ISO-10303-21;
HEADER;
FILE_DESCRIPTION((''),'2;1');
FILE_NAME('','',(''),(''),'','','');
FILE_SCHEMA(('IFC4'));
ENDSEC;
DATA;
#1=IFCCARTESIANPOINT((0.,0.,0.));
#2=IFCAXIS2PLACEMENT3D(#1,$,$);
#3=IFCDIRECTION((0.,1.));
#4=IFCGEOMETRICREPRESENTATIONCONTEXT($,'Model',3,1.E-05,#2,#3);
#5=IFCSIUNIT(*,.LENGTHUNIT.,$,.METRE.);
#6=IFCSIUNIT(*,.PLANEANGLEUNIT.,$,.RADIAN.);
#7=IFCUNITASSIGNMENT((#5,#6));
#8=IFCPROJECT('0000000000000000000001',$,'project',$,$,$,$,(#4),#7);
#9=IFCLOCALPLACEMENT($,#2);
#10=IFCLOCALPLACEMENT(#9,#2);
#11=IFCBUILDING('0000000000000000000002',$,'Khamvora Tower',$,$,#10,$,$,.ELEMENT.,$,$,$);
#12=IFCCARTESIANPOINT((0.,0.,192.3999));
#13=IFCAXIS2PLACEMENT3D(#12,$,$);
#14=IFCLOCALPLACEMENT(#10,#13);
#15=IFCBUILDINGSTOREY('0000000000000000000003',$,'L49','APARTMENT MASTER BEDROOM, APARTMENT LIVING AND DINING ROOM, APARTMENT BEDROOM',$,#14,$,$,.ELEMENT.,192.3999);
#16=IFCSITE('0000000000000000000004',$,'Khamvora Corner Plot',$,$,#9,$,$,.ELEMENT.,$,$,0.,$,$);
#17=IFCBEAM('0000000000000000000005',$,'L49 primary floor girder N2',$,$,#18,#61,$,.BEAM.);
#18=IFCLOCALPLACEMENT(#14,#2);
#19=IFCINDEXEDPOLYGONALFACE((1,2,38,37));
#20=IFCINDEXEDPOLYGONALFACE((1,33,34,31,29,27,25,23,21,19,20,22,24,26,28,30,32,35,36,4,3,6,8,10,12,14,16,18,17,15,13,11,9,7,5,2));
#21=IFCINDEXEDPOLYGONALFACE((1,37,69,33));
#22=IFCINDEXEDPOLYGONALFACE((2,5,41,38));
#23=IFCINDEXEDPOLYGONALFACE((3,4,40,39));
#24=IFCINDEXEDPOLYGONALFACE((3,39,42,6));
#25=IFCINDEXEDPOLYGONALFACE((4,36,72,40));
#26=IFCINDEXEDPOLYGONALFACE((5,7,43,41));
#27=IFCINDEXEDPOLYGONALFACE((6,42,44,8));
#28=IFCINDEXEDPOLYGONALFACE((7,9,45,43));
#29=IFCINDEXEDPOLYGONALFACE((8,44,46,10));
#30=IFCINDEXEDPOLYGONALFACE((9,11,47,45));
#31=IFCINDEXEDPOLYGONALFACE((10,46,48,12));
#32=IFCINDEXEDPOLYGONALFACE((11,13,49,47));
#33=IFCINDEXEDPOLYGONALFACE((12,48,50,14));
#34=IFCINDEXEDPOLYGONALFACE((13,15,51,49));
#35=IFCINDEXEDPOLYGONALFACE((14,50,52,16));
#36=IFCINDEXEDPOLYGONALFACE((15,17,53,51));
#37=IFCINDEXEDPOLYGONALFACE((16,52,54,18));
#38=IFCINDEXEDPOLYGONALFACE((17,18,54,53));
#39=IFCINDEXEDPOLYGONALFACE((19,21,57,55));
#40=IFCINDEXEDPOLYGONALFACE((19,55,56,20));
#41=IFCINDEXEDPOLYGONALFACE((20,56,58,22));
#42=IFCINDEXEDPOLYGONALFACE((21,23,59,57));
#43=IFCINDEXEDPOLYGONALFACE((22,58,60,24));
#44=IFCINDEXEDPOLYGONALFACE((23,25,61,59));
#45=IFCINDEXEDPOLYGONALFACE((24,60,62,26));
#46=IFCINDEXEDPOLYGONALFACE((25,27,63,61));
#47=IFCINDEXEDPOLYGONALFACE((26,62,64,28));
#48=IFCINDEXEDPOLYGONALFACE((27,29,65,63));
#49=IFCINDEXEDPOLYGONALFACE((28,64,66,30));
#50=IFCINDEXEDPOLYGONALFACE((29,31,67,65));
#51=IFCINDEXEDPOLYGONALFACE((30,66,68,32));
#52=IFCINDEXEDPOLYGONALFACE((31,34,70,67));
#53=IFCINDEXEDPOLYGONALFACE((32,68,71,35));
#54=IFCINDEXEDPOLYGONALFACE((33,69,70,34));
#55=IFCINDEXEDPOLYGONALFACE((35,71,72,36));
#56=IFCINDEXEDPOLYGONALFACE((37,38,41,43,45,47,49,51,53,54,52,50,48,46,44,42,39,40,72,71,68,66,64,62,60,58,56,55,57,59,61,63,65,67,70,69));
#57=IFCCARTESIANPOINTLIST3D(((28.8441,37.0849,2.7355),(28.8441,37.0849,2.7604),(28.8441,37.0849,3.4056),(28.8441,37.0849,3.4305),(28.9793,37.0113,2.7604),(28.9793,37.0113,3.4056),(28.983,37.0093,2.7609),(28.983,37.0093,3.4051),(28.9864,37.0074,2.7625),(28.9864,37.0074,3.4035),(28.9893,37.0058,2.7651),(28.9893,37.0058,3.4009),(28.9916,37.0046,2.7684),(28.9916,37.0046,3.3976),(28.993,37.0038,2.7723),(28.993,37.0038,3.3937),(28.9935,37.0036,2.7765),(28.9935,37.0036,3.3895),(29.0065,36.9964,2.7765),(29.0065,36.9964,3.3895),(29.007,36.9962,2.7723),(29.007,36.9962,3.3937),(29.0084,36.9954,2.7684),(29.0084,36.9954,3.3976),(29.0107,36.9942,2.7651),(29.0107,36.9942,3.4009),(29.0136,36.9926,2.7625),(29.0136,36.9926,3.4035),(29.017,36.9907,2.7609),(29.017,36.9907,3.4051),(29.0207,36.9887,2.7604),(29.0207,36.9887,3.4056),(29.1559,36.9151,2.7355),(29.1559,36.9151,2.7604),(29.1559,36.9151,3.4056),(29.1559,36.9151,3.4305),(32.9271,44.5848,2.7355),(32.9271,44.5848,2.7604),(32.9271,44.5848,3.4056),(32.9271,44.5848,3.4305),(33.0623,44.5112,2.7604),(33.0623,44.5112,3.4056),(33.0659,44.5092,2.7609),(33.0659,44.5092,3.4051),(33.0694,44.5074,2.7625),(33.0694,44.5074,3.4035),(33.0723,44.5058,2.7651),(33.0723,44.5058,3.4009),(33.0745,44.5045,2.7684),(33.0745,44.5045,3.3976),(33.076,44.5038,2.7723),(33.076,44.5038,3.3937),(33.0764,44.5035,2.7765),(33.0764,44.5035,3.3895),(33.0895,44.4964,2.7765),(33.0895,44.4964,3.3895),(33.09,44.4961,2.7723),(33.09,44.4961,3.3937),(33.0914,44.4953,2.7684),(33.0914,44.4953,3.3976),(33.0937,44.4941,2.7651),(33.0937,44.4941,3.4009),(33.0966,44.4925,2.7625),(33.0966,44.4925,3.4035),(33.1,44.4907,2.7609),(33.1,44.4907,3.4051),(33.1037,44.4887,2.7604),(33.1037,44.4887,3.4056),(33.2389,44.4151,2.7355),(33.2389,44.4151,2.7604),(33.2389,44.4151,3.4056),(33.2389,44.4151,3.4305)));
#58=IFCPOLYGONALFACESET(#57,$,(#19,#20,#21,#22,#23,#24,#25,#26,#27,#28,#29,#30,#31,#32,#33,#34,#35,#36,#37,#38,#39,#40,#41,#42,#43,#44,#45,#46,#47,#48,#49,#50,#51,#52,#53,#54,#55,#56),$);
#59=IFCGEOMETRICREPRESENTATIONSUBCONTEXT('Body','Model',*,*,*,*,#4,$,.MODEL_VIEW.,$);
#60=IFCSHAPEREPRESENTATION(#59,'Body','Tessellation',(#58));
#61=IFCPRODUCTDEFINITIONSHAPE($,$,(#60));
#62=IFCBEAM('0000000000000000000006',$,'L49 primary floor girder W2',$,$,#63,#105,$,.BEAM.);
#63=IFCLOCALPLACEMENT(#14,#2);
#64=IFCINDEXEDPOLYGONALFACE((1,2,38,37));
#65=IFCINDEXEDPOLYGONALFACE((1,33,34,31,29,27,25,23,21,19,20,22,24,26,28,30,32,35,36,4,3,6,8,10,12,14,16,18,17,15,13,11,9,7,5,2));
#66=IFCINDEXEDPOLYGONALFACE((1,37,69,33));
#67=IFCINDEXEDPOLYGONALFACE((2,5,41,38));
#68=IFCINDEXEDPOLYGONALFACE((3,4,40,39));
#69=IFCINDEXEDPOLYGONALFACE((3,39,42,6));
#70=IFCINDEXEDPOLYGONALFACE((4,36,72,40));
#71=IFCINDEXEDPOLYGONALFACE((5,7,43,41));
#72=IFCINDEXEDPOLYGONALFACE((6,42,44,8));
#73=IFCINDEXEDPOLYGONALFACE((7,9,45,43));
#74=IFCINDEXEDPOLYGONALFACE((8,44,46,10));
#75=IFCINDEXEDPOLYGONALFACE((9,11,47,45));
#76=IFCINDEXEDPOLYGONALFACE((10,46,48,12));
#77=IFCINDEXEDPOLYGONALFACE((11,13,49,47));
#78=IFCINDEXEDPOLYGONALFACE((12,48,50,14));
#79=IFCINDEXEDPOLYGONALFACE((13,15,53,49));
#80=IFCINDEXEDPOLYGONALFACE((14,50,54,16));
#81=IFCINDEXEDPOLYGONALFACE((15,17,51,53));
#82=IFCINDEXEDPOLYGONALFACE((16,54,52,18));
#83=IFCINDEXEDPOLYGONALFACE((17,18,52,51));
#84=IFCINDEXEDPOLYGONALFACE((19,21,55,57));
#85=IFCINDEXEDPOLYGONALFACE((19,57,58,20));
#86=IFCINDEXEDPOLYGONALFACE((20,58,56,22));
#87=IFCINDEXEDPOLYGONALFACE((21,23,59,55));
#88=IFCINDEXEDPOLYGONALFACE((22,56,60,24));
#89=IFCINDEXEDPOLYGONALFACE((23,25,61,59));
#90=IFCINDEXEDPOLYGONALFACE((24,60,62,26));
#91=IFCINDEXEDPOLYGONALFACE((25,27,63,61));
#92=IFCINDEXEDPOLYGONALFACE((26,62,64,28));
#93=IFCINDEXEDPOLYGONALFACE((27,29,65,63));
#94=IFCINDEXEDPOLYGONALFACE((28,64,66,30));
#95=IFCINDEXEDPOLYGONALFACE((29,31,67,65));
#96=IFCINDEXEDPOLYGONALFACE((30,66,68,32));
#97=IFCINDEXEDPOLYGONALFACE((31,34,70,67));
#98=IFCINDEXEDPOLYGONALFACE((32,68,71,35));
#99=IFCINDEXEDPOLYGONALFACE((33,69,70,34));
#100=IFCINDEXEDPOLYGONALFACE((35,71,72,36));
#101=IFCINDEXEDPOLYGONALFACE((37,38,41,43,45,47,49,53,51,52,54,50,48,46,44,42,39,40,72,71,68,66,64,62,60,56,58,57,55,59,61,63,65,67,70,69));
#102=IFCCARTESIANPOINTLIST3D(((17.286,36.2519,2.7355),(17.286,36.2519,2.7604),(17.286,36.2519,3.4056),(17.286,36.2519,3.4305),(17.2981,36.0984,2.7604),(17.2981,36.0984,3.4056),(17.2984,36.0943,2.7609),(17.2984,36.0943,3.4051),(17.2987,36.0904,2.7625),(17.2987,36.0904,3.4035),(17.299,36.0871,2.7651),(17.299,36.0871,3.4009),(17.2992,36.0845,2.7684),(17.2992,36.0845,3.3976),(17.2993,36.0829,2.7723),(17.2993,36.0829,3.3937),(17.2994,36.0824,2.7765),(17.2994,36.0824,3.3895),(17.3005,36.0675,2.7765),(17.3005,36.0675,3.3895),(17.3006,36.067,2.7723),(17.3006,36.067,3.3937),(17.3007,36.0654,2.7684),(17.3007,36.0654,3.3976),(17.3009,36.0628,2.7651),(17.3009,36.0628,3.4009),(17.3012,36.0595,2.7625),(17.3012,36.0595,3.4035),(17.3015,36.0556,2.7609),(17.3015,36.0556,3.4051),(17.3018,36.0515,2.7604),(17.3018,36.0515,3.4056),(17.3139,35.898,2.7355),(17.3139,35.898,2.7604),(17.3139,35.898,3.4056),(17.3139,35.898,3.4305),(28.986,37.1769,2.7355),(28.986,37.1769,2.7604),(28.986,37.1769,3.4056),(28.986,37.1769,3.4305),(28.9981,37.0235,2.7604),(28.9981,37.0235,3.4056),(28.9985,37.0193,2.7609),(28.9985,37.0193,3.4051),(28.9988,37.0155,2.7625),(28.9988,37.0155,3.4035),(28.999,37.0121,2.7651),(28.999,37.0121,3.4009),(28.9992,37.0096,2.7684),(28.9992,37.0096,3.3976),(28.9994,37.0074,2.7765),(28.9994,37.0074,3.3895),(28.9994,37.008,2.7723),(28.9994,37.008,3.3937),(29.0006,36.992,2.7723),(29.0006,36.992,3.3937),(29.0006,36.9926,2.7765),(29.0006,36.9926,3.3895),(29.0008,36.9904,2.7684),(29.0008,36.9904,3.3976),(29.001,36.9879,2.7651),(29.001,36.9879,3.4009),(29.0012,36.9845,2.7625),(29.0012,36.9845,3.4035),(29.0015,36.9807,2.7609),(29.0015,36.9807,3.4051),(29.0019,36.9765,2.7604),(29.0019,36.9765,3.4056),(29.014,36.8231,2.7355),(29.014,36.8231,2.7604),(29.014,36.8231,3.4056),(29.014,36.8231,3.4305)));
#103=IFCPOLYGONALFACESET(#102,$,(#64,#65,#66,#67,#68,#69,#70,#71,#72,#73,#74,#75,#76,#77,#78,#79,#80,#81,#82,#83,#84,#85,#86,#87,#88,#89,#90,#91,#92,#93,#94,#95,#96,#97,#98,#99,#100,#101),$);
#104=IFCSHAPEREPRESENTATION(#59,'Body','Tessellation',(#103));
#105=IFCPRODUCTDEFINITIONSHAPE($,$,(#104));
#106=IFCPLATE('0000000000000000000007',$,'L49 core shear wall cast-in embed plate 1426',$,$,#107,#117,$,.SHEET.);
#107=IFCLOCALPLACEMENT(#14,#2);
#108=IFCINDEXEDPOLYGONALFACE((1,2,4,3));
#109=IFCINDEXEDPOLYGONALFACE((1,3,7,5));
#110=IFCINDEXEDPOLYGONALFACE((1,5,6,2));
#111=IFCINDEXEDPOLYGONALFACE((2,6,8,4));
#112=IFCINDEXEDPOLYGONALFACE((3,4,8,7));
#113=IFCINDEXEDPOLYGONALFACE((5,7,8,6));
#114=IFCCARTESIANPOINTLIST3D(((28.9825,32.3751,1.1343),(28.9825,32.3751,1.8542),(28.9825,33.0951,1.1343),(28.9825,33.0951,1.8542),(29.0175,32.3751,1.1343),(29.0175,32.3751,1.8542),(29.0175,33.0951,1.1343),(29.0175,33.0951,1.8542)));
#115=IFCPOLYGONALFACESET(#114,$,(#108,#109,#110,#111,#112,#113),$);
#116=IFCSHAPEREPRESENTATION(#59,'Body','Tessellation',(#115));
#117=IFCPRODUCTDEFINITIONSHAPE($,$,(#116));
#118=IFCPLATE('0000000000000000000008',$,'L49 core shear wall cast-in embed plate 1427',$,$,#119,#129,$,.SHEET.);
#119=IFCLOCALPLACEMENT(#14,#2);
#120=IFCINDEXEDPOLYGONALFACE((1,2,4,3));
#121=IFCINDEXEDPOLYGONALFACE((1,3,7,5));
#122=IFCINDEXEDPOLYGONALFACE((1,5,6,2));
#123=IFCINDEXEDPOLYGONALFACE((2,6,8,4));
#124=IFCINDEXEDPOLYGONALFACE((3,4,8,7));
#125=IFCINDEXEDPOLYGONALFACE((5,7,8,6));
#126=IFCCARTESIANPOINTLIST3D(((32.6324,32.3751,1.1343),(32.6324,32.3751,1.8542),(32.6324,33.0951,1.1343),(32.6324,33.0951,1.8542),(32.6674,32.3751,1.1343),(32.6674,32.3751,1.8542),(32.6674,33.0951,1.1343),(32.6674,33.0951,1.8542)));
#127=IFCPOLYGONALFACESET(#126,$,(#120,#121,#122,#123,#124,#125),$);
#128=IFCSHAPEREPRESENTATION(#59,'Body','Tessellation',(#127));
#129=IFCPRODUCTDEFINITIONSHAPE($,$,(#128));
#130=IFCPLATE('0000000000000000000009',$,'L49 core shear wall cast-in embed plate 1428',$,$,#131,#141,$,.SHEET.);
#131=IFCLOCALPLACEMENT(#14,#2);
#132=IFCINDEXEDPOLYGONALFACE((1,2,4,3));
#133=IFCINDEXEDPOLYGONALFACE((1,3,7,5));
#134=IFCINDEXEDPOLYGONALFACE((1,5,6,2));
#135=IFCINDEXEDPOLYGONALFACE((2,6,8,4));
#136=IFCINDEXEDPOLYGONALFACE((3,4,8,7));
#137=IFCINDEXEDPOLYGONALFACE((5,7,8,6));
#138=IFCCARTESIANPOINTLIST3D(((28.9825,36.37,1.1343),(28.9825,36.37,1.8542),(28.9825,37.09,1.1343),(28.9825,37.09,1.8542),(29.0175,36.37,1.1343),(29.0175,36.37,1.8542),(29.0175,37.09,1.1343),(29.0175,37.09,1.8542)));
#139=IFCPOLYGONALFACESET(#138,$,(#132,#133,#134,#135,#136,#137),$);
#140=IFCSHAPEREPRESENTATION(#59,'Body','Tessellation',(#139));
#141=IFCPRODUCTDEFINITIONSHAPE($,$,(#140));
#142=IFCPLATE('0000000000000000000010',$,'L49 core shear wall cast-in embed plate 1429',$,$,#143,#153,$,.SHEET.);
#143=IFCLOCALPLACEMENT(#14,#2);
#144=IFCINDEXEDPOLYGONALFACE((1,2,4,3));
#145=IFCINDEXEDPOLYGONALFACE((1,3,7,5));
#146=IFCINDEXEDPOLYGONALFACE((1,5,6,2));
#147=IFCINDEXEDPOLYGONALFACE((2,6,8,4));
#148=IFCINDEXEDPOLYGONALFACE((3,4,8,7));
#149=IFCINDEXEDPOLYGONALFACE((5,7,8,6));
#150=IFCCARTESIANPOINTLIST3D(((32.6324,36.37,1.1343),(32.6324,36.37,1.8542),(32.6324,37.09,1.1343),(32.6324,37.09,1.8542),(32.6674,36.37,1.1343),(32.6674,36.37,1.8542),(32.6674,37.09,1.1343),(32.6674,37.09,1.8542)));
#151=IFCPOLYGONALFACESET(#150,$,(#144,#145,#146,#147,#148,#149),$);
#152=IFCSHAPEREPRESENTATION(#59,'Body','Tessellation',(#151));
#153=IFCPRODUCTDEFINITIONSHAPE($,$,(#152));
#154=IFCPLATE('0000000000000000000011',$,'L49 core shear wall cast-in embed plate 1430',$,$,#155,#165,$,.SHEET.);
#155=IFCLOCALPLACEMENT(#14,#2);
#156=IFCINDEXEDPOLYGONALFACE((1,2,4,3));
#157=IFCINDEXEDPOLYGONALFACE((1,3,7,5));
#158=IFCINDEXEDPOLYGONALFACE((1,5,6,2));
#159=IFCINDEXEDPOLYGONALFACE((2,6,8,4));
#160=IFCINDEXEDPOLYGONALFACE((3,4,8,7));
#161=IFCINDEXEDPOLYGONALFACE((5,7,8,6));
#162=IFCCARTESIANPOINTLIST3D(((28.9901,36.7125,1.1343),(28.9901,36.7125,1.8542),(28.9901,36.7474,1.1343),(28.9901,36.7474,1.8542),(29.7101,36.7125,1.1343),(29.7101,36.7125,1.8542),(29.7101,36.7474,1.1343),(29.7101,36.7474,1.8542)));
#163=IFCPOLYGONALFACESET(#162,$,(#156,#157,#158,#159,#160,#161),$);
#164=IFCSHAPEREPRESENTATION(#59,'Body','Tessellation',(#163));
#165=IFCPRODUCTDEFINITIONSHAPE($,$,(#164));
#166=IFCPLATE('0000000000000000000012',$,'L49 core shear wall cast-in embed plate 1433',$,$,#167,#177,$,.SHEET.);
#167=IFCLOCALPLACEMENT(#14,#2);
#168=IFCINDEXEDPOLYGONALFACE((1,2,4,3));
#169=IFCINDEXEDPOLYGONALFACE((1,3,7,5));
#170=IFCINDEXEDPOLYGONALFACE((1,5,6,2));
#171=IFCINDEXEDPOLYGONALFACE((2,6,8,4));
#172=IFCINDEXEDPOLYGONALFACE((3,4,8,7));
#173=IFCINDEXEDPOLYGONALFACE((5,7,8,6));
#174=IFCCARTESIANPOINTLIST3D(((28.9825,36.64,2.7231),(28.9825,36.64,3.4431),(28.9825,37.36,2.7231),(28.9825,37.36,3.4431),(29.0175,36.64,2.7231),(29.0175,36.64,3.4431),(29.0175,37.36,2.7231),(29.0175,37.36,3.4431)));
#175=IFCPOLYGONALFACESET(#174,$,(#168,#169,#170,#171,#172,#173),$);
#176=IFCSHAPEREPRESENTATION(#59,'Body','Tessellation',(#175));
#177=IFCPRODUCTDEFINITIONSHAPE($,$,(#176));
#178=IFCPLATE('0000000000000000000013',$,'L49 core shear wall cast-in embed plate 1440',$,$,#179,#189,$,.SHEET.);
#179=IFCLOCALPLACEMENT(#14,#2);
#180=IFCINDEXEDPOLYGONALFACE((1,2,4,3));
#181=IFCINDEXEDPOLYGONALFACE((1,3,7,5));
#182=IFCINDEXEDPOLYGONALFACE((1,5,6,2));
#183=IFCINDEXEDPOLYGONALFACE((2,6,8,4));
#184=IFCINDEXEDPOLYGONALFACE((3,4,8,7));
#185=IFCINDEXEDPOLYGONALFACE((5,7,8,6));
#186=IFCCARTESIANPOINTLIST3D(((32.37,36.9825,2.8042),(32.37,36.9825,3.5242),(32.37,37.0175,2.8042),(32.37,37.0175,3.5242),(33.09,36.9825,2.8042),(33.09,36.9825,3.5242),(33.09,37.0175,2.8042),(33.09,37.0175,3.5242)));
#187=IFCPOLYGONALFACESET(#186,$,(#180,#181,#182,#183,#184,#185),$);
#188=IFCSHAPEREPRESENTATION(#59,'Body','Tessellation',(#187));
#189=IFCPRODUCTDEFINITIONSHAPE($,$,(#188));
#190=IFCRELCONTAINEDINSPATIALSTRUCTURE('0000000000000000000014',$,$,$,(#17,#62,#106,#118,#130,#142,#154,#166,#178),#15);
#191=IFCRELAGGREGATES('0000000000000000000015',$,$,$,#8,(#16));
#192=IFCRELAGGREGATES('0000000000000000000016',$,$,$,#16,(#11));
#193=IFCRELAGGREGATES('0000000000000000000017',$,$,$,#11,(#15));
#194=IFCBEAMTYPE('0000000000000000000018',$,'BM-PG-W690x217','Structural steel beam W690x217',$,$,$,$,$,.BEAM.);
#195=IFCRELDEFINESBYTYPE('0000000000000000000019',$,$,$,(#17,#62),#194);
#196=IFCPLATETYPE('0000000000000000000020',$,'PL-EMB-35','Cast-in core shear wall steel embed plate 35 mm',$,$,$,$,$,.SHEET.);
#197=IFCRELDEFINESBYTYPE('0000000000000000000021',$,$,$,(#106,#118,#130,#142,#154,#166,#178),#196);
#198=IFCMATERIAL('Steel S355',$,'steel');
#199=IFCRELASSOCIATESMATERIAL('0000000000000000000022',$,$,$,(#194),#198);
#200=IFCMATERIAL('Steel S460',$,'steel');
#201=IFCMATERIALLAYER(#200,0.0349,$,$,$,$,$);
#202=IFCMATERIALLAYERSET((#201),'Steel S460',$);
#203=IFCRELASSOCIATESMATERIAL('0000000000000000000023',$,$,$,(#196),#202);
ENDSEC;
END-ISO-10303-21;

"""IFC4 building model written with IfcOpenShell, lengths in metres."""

from ifc_helpers import new_model, si_unit, direction, frame, origin, origin_2d, place, context, subcontext, project, spatial, rectangle, i_section, extrude, material, layer, layer_set, material_profile, profile_set, type_object, element, save


model = new_model("IFC4")

# Units and contexts
model_context = context("Model", 3, precision=1e-05, world=origin(), true_north=direction((0.0, 1.0)))
body_context = subcontext(model_context, "Body", "Model", "MODEL_VIEW")
ifc_project = project(units=[si_unit("LENGTHUNIT", "METRE"), si_unit("PLANEANGLEUNIT", "RADIAN")], contexts=[model_context])

# Site, building, storey
site_placement = place(None, origin())
site = spatial("IfcSite", under=ifc_project, at=site_placement, Name="Khamvora Corner Plot", CompositionType="ELEMENT", RefElevation=0.0)
building_placement = place(site_placement, origin())
building = spatial("IfcBuilding", under=site, at=building_placement, Name="Khamvora Tower", CompositionType="ELEMENT")
storey_placement = place(building_placement, frame((0.0, 0.0, 192.3999)))
storey = spatial("IfcBuildingStorey", under=building, at=storey_placement, Name="L49", Description="APARTMENT MASTER BEDROOM, APARTMENT LIVING AND DINING ROOM, APARTMENT BEDROOM", CompositionType="ELEMENT", Elevation=192.3999)

# Shared definitions
ifc_material_1 = material(Name="Steel S460", Category="steel")

# Beams
ifc_material_2 = material(Name="Steel S355", Category="steel")
ifc_material_profile_1 = material_profile(ifc_material_2, i_section(OverallWidth=0.355, OverallDepth=0.6951, WebThickness=0.0149, FlangeThickness=0.0249, FilletRadius=0.0161, at=origin_2d()), Name="W690x217")
ifc_profile_set_1 = profile_set([ifc_material_profile_1], Name="Steel S355")
beam_type_1 = type_object("IfcBeamType", Name="BM-PG-W690x217", Description="Structural steel beam W690x217", PredefinedType="BEAM", material=ifc_profile_set_1)
beam_1_placement = place(storey_placement, frame((29.0, 37.0, 3.083), z_axis=(0.478139, 0.878284, 0.0), x_axis=(-0.878284, 0.478139, 0.0)))
element("IfcBeam", 1, at=beam_1_placement, inside=storey, type_object=beam_type_1, Name="L49 primary floor girder N2", PredefinedType="BEAM", context=body_context, shape_type="SweptSolid", body=[
    extrude(i_section(OverallWidth=0.355, OverallDepth=0.6951, WebThickness=0.0149, FlangeThickness=0.0249, FilletRadius=0.0161, at=origin_2d()), origin(), (0.0, 0.0, 1.0), 8.5393),
])
beam_2_placement = place(storey_placement, frame((29.0, 37.0, 3.083), z_axis=(-0.996889, -0.078818, 0.0), x_axis=(0.078818, -0.996889, 0.0)))
element("IfcBeam", 2, at=beam_2_placement, inside=storey, type_object=beam_type_1, Name="L49 primary floor girder W2", PredefinedType="BEAM", context=body_context, shape_type="SweptSolid", body=[
    extrude(i_section(OverallWidth=0.355, OverallDepth=0.6951, WebThickness=0.0149, FlangeThickness=0.0249, FilletRadius=0.0161, at=origin_2d()), origin(), (0.0, 0.0, 1.0), 11.7366),
])

# Plates
ifc_layer_1 = layer(ifc_material_1, 0.0349)
ifc_layer_set_1 = layer_set([ifc_layer_1], Name="Steel S460")
plate_type = type_object("IfcPlateType", Name="PL-EMB-35", Description="Cast-in core shear wall steel embed plate 35 mm", PredefinedType="SHEET", material=ifc_layer_set_1)
for number, where, z_axis, x_axis, name in (
    (3, (29.0, 32.7351, 1.1343), (0.0, 0.0, 1.0), (1.0, 0.0, 0.0), "L49 core shear wall cast-in embed plate 1426"),
    (4, (32.6499, 32.7351, 1.1343), (0.0, 0.0, 1.0), (1.0, 0.0, 0.0), "L49 core shear wall cast-in embed plate 1427"),
    (5, (29.0, 36.73, 1.1343), (0.0, 0.0, 1.0), (1.0, 0.0, 0.0), "L49 core shear wall cast-in embed plate 1428"),
    (6, (32.6499, 36.73, 1.1343), (0.0, 0.0, 1.0), (1.0, 0.0, 0.0), "L49 core shear wall cast-in embed plate 1429"),
):
    element("IfcPlate", number, at=place(storey_placement, frame(where, z_axis=z_axis, x_axis=x_axis)), inside=storey, type_object=plate_type, Name=name, PredefinedType="SHEET", context=body_context, shape_type="SweptSolid", body=[
        extrude(rectangle(XDim=0.0349, YDim=0.72, at=origin_2d()), origin(), (0.0, 0.0, 1.0), 0.72),
    ])
plate_1_placement = place(storey_placement, frame((29.3501, 36.73, 1.1343), z_axis=(0.0, 0.0, 1.0), x_axis=(1.0, 0.0, 0.0)))
element("IfcPlate", 7, at=plate_1_placement, inside=storey, type_object=plate_type, Name="L49 core shear wall cast-in embed plate 1430", PredefinedType="SHEET", context=body_context, shape_type="SweptSolid", body=[
    extrude(rectangle(XDim=0.72, YDim=0.0349, at=origin_2d()), origin(), (0.0, 0.0, 1.0), 0.72),
])
plate_2_placement = place(storey_placement, frame((29.0, 37.0, 2.7231), z_axis=(0.0, 0.0, 1.0), x_axis=(1.0, 0.0, 0.0)))
element("IfcPlate", 8, at=plate_2_placement, inside=storey, type_object=plate_type, Name="L49 core shear wall cast-in embed plate 1433", PredefinedType="SHEET", context=body_context, shape_type="SweptSolid", body=[
    extrude(rectangle(XDim=0.0349, YDim=0.72, at=origin_2d()), origin(), (0.0, 0.0, 1.0), 0.72),
])
plate_3_placement = place(storey_placement, frame((32.73, 37.0, 2.8042), z_axis=(0.0, 0.0, 1.0), x_axis=(1.0, 0.0, 0.0)))
element("IfcPlate", 9, at=plate_3_placement, inside=storey, type_object=plate_type, Name="L49 core shear wall cast-in embed plate 1440", PredefinedType="SHEET", context=body_context, shape_type="SweptSolid", body=[
    extrude(rectangle(XDim=0.72, YDim=0.0349, at=origin_2d()), origin(), (0.0, 0.0, 1.0), 0.72),
])

save(model, "model.ifc")
